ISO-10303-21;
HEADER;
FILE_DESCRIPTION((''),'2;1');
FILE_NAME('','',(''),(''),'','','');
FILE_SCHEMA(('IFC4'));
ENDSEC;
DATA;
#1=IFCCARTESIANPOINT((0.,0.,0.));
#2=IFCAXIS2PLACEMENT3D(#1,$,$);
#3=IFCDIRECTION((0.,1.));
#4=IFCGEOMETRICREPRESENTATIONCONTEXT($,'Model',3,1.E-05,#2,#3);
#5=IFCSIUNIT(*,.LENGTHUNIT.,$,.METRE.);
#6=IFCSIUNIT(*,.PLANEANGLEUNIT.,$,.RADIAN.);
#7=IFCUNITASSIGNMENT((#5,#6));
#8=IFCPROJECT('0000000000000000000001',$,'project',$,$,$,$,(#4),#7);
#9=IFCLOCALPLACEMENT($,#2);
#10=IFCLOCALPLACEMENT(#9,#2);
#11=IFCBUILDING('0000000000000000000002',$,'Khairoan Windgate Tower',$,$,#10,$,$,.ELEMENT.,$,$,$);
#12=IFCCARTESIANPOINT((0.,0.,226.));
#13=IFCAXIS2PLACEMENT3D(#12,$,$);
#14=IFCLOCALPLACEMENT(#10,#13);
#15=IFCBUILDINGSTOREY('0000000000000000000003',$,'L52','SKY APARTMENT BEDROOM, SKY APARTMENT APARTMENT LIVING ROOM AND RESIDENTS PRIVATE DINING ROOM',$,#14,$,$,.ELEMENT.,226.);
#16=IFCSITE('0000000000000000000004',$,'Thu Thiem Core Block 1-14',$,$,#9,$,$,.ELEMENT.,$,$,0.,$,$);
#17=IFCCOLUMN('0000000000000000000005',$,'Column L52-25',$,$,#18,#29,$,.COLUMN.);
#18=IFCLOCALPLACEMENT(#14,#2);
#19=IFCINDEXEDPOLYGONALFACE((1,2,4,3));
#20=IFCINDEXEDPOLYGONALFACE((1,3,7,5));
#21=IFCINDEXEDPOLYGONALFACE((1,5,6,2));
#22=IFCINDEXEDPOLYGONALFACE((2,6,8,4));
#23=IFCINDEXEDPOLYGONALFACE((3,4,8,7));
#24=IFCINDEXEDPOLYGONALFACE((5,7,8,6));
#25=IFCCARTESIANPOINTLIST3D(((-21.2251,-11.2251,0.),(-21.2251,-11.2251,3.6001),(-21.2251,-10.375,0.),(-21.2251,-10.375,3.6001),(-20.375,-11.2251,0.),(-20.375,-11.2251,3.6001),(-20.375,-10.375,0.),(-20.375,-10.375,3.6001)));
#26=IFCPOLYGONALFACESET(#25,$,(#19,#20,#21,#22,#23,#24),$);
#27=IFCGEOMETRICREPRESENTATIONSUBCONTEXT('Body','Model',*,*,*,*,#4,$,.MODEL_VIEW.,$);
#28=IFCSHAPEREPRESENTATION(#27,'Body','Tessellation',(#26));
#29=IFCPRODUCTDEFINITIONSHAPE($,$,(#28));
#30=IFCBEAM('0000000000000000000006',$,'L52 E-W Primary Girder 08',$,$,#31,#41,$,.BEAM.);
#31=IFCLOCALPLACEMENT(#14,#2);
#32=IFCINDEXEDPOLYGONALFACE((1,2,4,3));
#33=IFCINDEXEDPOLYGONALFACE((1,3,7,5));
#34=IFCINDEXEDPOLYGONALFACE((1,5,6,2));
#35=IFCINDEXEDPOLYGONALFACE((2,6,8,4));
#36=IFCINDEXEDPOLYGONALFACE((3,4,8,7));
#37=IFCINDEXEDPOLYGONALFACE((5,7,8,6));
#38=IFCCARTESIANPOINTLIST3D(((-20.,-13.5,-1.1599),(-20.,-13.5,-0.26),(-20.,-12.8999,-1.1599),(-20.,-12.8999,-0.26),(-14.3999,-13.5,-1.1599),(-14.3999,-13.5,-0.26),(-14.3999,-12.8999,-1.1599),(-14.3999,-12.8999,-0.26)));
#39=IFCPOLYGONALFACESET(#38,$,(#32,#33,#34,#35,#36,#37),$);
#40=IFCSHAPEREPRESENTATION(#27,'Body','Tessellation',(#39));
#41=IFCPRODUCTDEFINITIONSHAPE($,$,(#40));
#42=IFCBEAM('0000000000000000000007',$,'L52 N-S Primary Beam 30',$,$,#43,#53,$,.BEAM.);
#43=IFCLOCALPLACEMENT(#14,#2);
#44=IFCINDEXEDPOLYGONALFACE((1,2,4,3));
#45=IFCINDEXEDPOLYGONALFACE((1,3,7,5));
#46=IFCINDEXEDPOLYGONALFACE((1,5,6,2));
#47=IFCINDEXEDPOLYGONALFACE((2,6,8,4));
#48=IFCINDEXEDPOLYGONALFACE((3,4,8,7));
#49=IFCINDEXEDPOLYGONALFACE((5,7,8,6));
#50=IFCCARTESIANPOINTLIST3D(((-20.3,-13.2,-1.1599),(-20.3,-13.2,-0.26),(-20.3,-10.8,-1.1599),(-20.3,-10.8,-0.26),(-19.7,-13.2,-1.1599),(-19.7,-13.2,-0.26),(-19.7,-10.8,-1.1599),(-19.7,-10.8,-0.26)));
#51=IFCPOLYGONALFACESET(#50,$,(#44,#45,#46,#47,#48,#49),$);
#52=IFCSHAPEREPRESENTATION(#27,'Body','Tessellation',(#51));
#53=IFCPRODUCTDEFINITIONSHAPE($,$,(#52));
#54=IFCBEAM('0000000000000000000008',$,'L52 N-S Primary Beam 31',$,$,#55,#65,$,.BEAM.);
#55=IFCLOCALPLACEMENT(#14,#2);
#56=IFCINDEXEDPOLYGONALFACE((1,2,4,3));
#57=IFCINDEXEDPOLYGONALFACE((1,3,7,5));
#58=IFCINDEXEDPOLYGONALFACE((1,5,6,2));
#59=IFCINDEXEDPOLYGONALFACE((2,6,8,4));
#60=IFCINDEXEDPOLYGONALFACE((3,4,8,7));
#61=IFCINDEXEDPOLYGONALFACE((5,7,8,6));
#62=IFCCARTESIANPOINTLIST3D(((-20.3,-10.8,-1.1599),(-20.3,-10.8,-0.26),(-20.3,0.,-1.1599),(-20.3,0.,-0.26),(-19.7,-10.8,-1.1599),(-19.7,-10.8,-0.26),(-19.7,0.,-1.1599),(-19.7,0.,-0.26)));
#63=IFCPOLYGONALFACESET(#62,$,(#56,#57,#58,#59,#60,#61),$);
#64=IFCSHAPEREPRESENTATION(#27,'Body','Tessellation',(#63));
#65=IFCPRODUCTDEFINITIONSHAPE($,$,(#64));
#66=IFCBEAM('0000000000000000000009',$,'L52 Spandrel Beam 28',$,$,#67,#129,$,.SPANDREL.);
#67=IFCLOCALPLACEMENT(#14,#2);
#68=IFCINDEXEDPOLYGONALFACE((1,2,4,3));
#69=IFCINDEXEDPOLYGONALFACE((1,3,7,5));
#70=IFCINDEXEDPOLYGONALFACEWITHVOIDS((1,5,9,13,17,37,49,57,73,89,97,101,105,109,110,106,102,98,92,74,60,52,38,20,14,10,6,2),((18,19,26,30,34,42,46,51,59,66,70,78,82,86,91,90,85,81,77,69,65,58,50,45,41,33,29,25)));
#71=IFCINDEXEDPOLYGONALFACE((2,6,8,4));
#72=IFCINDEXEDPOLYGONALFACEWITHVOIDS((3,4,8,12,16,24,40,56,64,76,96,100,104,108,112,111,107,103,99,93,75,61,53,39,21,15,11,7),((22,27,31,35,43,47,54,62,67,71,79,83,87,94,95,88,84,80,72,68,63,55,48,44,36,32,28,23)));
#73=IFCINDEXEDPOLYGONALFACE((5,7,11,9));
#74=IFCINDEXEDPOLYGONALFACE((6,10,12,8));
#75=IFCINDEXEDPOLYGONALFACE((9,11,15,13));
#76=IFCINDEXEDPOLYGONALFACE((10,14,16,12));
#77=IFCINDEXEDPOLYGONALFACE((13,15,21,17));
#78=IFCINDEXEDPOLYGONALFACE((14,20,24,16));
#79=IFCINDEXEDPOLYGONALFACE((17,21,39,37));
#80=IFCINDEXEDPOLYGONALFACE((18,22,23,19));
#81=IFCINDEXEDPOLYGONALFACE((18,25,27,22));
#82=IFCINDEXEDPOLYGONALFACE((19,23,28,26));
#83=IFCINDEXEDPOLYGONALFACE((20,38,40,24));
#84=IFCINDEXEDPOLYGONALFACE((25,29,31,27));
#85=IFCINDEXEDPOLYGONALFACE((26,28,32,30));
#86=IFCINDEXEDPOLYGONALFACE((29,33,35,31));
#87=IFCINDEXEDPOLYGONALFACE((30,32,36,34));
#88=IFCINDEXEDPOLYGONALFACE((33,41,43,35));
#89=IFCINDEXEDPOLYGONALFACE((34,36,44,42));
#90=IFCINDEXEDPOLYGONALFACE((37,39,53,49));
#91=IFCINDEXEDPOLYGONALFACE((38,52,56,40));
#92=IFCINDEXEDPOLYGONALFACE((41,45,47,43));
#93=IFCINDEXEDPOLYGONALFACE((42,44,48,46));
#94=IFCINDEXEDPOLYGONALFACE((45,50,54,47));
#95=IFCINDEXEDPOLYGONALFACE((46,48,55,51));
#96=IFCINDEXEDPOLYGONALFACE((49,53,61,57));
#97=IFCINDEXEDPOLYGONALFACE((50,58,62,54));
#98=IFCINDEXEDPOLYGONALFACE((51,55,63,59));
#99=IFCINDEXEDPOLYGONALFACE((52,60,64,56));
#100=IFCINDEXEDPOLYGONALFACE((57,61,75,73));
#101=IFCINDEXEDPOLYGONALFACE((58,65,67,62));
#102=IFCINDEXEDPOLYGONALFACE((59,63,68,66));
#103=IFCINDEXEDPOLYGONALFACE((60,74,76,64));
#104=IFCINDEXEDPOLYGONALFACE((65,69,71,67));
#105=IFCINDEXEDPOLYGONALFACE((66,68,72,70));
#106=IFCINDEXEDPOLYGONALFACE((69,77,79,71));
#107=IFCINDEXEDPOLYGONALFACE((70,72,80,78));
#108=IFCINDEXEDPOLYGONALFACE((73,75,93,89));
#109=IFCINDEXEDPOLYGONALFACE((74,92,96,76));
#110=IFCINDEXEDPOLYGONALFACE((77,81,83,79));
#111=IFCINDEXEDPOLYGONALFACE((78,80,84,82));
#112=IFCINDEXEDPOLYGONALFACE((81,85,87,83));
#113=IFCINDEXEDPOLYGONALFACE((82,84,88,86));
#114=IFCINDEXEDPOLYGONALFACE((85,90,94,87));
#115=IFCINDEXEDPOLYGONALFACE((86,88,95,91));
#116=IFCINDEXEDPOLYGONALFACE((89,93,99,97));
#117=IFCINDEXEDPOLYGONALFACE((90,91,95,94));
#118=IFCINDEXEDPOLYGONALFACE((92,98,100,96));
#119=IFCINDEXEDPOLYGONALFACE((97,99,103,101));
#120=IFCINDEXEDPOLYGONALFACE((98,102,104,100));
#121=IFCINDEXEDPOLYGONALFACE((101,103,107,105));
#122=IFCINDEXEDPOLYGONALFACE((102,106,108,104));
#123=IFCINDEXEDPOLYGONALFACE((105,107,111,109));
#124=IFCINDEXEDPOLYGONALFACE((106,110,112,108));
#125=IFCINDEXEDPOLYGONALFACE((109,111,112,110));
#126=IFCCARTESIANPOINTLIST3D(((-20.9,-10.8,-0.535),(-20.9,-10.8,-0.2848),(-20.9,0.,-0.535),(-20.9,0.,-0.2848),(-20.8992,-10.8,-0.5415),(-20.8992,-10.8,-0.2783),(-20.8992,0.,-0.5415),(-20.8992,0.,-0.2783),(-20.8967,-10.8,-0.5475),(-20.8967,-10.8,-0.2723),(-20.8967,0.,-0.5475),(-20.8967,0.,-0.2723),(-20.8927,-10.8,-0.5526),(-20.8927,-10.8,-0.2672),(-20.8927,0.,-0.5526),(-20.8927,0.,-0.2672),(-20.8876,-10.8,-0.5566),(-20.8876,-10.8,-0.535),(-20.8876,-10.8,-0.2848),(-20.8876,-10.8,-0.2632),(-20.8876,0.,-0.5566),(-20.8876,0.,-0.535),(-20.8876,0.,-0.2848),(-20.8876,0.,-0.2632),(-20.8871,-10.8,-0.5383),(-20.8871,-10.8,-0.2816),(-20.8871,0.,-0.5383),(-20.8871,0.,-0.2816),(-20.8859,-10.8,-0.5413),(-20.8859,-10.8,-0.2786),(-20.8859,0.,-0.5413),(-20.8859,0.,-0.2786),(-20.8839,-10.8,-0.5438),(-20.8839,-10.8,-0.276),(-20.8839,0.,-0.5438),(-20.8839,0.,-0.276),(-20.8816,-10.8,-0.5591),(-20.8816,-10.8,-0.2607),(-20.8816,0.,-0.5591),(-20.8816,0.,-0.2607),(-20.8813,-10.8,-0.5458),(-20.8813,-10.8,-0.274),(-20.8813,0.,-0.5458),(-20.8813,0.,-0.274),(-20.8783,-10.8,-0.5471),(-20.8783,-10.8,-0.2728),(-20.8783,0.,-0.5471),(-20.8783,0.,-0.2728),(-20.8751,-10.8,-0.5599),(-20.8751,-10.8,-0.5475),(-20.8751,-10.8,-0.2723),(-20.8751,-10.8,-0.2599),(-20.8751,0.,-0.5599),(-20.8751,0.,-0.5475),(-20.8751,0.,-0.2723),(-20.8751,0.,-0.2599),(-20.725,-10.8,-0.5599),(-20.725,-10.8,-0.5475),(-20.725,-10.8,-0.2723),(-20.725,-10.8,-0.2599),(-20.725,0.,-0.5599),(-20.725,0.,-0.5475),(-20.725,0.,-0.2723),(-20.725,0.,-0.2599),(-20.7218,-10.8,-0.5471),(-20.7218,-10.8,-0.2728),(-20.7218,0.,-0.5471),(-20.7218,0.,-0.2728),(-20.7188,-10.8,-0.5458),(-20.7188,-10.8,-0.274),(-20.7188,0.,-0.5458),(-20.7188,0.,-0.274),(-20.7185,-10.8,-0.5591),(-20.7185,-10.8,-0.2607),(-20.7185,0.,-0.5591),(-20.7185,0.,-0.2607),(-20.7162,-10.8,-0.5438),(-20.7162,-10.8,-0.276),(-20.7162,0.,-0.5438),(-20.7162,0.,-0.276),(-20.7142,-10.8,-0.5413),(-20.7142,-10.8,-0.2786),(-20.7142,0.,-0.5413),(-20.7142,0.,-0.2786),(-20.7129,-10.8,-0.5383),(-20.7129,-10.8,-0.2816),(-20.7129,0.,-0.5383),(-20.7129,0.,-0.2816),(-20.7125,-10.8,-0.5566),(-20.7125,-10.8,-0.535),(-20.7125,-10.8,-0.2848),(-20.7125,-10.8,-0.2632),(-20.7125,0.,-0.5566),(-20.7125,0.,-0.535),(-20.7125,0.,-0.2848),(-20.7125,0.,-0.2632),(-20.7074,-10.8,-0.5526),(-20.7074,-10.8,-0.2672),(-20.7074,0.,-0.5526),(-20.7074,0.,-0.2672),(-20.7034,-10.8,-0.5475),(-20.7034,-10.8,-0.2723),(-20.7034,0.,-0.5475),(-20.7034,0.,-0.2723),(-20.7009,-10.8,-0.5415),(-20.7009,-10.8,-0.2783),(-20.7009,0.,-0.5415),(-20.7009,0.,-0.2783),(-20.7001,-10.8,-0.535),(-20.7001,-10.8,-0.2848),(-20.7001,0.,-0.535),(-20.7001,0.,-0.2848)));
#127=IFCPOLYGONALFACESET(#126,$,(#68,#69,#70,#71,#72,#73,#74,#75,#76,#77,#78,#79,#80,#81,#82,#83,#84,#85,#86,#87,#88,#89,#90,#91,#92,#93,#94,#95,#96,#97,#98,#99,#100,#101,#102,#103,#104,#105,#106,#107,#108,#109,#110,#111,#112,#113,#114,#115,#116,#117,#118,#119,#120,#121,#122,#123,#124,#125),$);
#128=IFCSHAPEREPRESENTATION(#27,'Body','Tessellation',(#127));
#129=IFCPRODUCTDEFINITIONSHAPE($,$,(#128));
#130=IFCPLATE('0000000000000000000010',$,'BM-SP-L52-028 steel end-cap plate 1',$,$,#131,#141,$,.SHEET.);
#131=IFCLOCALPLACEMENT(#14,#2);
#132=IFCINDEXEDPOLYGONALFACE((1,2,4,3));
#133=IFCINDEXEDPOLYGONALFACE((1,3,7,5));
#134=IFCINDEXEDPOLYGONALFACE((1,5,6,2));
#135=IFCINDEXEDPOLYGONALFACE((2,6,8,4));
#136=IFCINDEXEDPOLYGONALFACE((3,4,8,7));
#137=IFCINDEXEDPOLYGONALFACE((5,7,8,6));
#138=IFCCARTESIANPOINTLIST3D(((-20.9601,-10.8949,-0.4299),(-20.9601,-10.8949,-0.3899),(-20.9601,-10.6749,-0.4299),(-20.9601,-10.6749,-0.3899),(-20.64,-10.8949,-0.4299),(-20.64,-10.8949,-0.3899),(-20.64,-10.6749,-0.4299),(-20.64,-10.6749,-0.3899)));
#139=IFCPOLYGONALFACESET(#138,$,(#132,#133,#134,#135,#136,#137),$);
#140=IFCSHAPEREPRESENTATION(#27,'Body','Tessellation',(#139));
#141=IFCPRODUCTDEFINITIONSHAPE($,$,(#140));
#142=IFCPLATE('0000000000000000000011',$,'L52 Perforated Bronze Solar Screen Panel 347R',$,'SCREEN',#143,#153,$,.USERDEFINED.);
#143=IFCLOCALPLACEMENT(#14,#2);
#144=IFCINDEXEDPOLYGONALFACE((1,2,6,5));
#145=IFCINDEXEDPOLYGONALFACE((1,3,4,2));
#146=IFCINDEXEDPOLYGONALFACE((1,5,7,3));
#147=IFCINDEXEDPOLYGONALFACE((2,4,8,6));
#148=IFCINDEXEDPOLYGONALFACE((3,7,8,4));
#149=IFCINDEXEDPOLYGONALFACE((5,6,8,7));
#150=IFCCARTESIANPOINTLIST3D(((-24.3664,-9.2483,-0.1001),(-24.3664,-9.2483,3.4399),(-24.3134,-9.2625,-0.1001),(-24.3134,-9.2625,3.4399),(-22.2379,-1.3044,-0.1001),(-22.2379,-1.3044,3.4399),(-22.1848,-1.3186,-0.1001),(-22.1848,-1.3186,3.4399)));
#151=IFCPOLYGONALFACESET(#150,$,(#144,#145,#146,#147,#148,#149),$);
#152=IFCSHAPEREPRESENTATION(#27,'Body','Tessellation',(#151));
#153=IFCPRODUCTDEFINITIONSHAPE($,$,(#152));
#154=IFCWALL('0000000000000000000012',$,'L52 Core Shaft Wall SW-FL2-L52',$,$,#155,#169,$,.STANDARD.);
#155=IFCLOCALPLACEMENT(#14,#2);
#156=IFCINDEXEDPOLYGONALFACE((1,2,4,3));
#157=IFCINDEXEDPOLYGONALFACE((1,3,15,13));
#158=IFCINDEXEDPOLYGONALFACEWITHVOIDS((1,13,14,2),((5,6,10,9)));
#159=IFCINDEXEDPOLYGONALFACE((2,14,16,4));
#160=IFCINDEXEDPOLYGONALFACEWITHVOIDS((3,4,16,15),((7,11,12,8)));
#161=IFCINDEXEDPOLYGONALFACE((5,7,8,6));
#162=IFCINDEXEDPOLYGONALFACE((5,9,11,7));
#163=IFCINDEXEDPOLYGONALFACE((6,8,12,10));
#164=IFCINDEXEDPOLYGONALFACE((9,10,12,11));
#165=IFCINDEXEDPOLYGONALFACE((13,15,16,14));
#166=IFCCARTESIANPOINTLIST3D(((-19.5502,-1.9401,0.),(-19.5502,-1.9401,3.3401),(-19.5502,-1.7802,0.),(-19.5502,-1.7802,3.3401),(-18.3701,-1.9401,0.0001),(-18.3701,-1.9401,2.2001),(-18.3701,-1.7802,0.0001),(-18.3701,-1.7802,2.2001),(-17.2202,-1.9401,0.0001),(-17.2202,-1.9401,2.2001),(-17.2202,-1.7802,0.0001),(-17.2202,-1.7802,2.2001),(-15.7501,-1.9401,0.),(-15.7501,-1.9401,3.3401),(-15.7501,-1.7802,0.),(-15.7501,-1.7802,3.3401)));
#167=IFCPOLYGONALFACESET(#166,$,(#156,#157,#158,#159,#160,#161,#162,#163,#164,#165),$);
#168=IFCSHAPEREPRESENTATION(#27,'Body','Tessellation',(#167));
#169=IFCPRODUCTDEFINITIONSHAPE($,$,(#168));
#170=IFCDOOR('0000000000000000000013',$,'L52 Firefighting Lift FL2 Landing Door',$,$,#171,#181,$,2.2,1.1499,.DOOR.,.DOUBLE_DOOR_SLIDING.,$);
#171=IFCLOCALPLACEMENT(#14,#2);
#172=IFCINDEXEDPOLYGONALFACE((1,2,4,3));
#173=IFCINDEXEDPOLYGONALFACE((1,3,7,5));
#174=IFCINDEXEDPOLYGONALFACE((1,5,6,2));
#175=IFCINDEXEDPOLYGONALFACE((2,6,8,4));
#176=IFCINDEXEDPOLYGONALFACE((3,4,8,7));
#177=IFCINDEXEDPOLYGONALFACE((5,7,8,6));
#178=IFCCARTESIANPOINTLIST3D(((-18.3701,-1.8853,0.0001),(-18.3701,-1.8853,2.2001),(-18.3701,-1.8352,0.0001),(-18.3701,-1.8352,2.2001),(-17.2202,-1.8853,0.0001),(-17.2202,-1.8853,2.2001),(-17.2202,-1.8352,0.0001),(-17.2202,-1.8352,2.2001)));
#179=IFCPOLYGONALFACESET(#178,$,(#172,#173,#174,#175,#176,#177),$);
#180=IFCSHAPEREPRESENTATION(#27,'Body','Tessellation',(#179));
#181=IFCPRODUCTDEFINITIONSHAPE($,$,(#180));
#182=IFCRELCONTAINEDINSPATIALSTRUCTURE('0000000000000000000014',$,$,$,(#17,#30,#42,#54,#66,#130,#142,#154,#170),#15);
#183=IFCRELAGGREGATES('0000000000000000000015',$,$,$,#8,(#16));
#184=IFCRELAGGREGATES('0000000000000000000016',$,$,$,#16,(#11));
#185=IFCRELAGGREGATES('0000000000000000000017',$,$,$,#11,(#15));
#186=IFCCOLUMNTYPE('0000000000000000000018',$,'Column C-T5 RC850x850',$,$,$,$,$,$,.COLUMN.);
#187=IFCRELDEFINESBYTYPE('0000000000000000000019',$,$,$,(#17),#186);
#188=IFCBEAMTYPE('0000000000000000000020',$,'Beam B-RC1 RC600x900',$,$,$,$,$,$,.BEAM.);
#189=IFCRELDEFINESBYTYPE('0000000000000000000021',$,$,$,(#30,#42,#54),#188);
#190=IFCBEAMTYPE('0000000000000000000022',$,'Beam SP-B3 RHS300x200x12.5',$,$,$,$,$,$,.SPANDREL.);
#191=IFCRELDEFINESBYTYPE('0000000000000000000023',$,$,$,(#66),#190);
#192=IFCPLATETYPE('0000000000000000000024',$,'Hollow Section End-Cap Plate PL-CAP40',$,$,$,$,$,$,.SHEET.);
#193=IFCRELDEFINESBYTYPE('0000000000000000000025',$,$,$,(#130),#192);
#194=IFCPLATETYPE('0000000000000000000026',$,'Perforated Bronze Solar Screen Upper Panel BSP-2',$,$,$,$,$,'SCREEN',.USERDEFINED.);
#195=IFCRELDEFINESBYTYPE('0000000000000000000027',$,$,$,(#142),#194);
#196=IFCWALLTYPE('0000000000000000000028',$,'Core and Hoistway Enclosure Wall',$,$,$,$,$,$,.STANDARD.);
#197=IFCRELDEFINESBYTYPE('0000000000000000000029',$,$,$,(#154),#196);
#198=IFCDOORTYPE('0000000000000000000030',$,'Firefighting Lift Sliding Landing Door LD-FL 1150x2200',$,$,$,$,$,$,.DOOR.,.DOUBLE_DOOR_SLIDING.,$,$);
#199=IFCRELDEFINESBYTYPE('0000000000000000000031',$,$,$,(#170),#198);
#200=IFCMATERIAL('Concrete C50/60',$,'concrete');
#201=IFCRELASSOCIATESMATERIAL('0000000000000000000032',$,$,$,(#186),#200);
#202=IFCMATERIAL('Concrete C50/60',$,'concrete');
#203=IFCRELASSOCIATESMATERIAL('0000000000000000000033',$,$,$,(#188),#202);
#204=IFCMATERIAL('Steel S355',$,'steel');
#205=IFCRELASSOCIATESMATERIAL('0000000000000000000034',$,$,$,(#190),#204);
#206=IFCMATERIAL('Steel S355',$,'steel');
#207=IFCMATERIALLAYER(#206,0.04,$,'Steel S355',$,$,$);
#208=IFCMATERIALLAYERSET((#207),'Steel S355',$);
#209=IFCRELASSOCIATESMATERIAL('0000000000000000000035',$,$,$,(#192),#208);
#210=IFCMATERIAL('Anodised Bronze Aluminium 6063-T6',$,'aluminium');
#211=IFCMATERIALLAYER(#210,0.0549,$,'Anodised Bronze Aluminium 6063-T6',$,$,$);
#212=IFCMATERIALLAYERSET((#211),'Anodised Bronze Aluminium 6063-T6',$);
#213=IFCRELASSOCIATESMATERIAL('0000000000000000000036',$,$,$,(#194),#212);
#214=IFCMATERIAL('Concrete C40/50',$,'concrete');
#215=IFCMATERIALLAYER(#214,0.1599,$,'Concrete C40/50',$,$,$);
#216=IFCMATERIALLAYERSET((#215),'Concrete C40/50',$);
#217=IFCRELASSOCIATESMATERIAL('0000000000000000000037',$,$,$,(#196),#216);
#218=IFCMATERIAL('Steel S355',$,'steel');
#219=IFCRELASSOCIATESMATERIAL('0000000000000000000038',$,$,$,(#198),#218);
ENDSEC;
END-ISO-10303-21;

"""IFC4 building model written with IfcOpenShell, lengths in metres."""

from ifc_helpers import new_model, si_unit, direction, frame, frame_2d, origin, origin_2d, place, context, subcontext, project, spatial, rectangle, hollow_rectangle, extrude, material, layer, layer_set, material_profile, profile_set, type_object, element, fill, save


model = new_model("IFC4")

# Units and contexts
model_context = context("Model", 3, precision=1e-05, world=origin(), true_north=direction((0.0, 1.0)))
body_context = subcontext(model_context, "Body", "Model", "MODEL_VIEW")
ifc_project = project(units=[si_unit("LENGTHUNIT", "METRE"), si_unit("PLANEANGLEUNIT", "RADIAN")], contexts=[model_context])

# Site, building, storey
site_placement = place(None, origin())
site = spatial("IfcSite", under=ifc_project, at=site_placement, Name="Thu Thiem Core Block 1-14", CompositionType="ELEMENT", RefElevation=0.0)
building_placement = place(site_placement, origin())
building = spatial("IfcBuilding", under=site, at=building_placement, Name="Khairoan Windgate Tower", CompositionType="ELEMENT")
storey_placement = place(building_placement, frame((0.0, 0.0, 226.0)))
storey = spatial("IfcBuildingStorey", under=building, at=storey_placement, Name="L52", Description="SKY APARTMENT BEDROOM, SKY APARTMENT APARTMENT LIVING ROOM AND RESIDENTS PRIVATE DINING ROOM", CompositionType="ELEMENT", Elevation=226.0)

# Column
ifc_material_1 = material(Name="Concrete C50/60", Category="concrete")
ifc_material_profile_1 = material_profile(ifc_material_1, rectangle(XDim=0.8501, YDim=0.8501, at=origin_2d()))
ifc_profile_set_1 = profile_set([ifc_material_profile_1], Name="Concrete C50/60")
column_type = type_object("IfcColumnType", Name="Column C-T5 RC850x850", PredefinedType="COLUMN", material=ifc_profile_set_1)
column_placement = place(storey_placement, frame((-20.8, -10.8, 0.0), z_axis=(0.0, 0.0, 1.0), x_axis=(1.0, 0.0, 0.0)))
element("IfcColumn", 1, at=column_placement, inside=storey, type_object=column_type, Name="Column L52-25", PredefinedType="COLUMN", context=body_context, shape_type="SweptSolid", body=[
    extrude(rectangle(XDim=0.8501, YDim=0.8501, at=origin_2d()), origin(), (0.0, 0.0, 1.0), 3.6001),
])

# Beams
ifc_material_2 = material(Name="Concrete C50/60", Category="concrete")
ifc_material_profile_2 = material_profile(ifc_material_2, rectangle(XDim=0.6001, YDim=0.8999, at=origin_2d()))
ifc_profile_set_2 = profile_set([ifc_material_profile_2], Name="Concrete C50/60")
beam_type_1 = type_object("IfcBeamType", Name="Beam B-RC1 RC600x900", PredefinedType="BEAM", material=ifc_profile_set_2)
beam_1_placement = place(storey_placement, frame((-20.0, -13.2, -0.71), z_axis=(1.0, 0.0, 0.0), x_axis=(0.0, 1.0, 0.0)))
element("IfcBeam", 2, at=beam_1_placement, inside=storey, type_object=beam_type_1, Name="L52 E-W Primary Girder 08", PredefinedType="BEAM", context=body_context, shape_type="SweptSolid", body=[
    extrude(rectangle(XDim=0.6001, YDim=0.8999, at=origin_2d()), origin(), (0.0, 0.0, 1.0), 5.6001),
])
beam_2_placement = place(storey_placement, frame((-20.0, -13.2, -0.71), z_axis=(0.0, 1.0, 0.0), x_axis=(-1.0, 0.0, 0.0)))
element("IfcBeam", 3, at=beam_2_placement, inside=storey, type_object=beam_type_1, Name="L52 N-S Primary Beam 30", PredefinedType="BEAM", context=body_context, shape_type="SweptSolid", body=[
    extrude(rectangle(XDim=0.6001, YDim=0.8999, at=origin_2d()), origin(), (0.0, 0.0, 1.0), 2.3999),
])
beam_3_placement = place(storey_placement, frame((-20.0, -10.8, -0.71), z_axis=(0.0, 1.0, 0.0), x_axis=(-1.0, 0.0, 0.0)))
element("IfcBeam", 4, at=beam_3_placement, inside=storey, type_object=beam_type_1, Name="L52 N-S Primary Beam 31", PredefinedType="BEAM", context=body_context, shape_type="SweptSolid", body=[
    extrude(rectangle(XDim=0.6001, YDim=0.8999, at=origin_2d()), origin(), (0.0, 0.0, 1.0), 10.8),
])
ifc_material_3 = material(Name="Steel S355", Category="steel")
ifc_material_profile_3 = material_profile(ifc_material_3, hollow_rectangle(XDim=0.2, YDim=0.3, WallThickness=0.0125, InnerFilletRadius=0.0125, OuterFilletRadius=0.0249, at=origin_2d()))
ifc_profile_set_3 = profile_set([ifc_material_profile_3], Name="Steel S355")
beam_type_2 = type_object("IfcBeamType", Name="Beam SP-B3 RHS300x200x12.5", PredefinedType="SPANDREL", material=ifc_profile_set_3)
beam_4_placement = place(storey_placement, frame((-20.8, -10.8, -0.4099), z_axis=(0.0, 1.0, 0.0), x_axis=(-1.0, 0.0, 0.0)))
element("IfcBeam", 5, at=beam_4_placement, inside=storey, type_object=beam_type_2, Name="L52 Spandrel Beam 28", PredefinedType="SPANDREL", context=body_context, shape_type="SweptSolid", body=[
    extrude(hollow_rectangle(XDim=0.2, YDim=0.3, WallThickness=0.0125, InnerFilletRadius=0.0125, OuterFilletRadius=0.0249, at=origin_2d()), origin(), (0.0, 0.0, 1.0), 10.8),
])

# Plates
ifc_material_4 = material(Name="Steel S355", Category="steel")
ifc_layer_1 = layer(ifc_material_4, 0.04, Name="Steel S355")
ifc_layer_set_1 = layer_set([ifc_layer_1], Name="Steel S355")
plate_type_1 = type_object("IfcPlateType", Name="Hollow Section End-Cap Plate PL-CAP40", PredefinedType="SHEET", material=ifc_layer_set_1)
plate_1_placement = place(storey_placement, frame((-20.8, -10.7849, -0.4299), z_axis=(0.0, 0.0, 1.0), x_axis=(0.0, 1.0, 0.0)))
element("IfcPlate", 6, at=plate_1_placement, inside=storey, type_object=plate_type_1, Name="BM-SP-L52-028 steel end-cap plate 1", PredefinedType="SHEET", context=body_context, shape_type="SweptSolid", body=[
    extrude(rectangle(XDim=0.22, YDim=0.3201, at=origin_2d()), origin(), (0.0, 0.0, 1.0), 0.04),
])
ifc_material_5 = material(Name="Anodised Bronze Aluminium 6063-T6", Category="aluminium")
ifc_layer_2 = layer(ifc_material_5, 0.0549, Name="Anodised Bronze Aluminium 6063-T6")
ifc_layer_set_2 = layer_set([ifc_layer_2], Name="Anodised Bronze Aluminium 6063-T6")
plate_type_2 = type_object("IfcPlateType", Name="Perforated Bronze Solar Screen Upper Panel BSP-2", ElementType="SCREEN", PredefinedType="USERDEFINED", material=ifc_layer_set_2)
plate_2_placement = place(storey_placement, frame((-23.2756, -5.2834, -0.1001), z_axis=(0.0, 0.0, 1.0), x_axis=(0.258819, 0.965926, 0.0)))
element("IfcPlate", 7, at=plate_2_placement, inside=storey, type_object=plate_type_2, Name="L52 Perforated Bronze Solar Screen Panel 347R", ObjectType="SCREEN", PredefinedType="USERDEFINED", context=body_context, shape_type="SweptSolid", body=[
    extrude(rectangle(XDim=8.2241, YDim=0.0549, at=origin_2d()), origin(), (0.0, 0.0, 1.0), 3.54),
])

# Wall, opening, door
ifc_material_6 = material(Name="Concrete C40/50", Category="concrete")
ifc_layer_3 = layer(ifc_material_6, 0.1599, Name="Concrete C40/50")
ifc_layer_set_3 = layer_set([ifc_layer_3], Name="Concrete C40/50")
wall_type_1 = type_object("IfcWallType", Name="Core and Hoistway Enclosure Wall", PredefinedType="STANDARD", material=ifc_layer_set_3)
wall_1_placement = place(storey_placement, frame((-19.55, -1.8601, 0.0), z_axis=(0.0, 0.0, 1.0), x_axis=(1.0, 0.0, 0.0)))
wall_1 = element("IfcWall", 8, at=wall_1_placement, inside=storey, type_object=wall_type_1, Name="L52 Core Shaft Wall SW-FL2-L52", PredefinedType="STANDARD", context=body_context, shape_type="SweptSolid", body=[
    extrude(rectangle(XDim=3.8, YDim=0.1599, at=frame_2d((1.8999, 0.0))), origin(), (0.0, 0.0, 1.0), 3.3401),
])
opening_1_placement = place(wall_1_placement, frame((1.1799, 0.0, 0.0)))
opening_1 = element("IfcOpeningElement", 9, at=opening_1_placement, cuts=wall_1, PredefinedType="OPENING", context=body_context, shape_type="SweptSolid", body=[
    extrude(rectangle(XDim=1.1499, YDim=2.2, at=frame_2d((0.575, 1.1001))), frame((0.0, 0.0898, 0.0), z_axis=(0.0, -1.0, 0.0), x_axis=(1.0, 0.0, 0.0)), (0.0, 0.0, 1.0), 0.1799),
])
ifc_material_7 = material(Name="Steel S355", Category="steel")
door_type_1 = type_object("IfcDoorType", Name="Firefighting Lift Sliding Landing Door LD-FL 1150x2200", OperationType="DOUBLE_DOOR_SLIDING", PredefinedType="DOOR", material=ifc_material_7)
door_1_placement = place(opening_1_placement, origin())
door_1 = element("IfcDoor", 10, at=door_1_placement, inside=storey, type_object=door_type_1, Name="L52 Firefighting Lift FL2 Landing Door", OperationType="DOUBLE_DOOR_SLIDING", OverallHeight=2.2, OverallWidth=1.1499, PredefinedType="DOOR", context=body_context, shape_type="SweptSolid", body=[
    extrude(rectangle(XDim=1.1499, YDim=2.2, at=frame_2d((0.575, 1.1001))), frame((0.0, 0.0249, 0.0), z_axis=(0.0, -1.0, 0.0), x_axis=(1.0, 0.0, 0.0)), (0.0, 0.0, 1.0), 0.05),
])
fill(opening_1, door_1)

save(model, "model.ifc")
